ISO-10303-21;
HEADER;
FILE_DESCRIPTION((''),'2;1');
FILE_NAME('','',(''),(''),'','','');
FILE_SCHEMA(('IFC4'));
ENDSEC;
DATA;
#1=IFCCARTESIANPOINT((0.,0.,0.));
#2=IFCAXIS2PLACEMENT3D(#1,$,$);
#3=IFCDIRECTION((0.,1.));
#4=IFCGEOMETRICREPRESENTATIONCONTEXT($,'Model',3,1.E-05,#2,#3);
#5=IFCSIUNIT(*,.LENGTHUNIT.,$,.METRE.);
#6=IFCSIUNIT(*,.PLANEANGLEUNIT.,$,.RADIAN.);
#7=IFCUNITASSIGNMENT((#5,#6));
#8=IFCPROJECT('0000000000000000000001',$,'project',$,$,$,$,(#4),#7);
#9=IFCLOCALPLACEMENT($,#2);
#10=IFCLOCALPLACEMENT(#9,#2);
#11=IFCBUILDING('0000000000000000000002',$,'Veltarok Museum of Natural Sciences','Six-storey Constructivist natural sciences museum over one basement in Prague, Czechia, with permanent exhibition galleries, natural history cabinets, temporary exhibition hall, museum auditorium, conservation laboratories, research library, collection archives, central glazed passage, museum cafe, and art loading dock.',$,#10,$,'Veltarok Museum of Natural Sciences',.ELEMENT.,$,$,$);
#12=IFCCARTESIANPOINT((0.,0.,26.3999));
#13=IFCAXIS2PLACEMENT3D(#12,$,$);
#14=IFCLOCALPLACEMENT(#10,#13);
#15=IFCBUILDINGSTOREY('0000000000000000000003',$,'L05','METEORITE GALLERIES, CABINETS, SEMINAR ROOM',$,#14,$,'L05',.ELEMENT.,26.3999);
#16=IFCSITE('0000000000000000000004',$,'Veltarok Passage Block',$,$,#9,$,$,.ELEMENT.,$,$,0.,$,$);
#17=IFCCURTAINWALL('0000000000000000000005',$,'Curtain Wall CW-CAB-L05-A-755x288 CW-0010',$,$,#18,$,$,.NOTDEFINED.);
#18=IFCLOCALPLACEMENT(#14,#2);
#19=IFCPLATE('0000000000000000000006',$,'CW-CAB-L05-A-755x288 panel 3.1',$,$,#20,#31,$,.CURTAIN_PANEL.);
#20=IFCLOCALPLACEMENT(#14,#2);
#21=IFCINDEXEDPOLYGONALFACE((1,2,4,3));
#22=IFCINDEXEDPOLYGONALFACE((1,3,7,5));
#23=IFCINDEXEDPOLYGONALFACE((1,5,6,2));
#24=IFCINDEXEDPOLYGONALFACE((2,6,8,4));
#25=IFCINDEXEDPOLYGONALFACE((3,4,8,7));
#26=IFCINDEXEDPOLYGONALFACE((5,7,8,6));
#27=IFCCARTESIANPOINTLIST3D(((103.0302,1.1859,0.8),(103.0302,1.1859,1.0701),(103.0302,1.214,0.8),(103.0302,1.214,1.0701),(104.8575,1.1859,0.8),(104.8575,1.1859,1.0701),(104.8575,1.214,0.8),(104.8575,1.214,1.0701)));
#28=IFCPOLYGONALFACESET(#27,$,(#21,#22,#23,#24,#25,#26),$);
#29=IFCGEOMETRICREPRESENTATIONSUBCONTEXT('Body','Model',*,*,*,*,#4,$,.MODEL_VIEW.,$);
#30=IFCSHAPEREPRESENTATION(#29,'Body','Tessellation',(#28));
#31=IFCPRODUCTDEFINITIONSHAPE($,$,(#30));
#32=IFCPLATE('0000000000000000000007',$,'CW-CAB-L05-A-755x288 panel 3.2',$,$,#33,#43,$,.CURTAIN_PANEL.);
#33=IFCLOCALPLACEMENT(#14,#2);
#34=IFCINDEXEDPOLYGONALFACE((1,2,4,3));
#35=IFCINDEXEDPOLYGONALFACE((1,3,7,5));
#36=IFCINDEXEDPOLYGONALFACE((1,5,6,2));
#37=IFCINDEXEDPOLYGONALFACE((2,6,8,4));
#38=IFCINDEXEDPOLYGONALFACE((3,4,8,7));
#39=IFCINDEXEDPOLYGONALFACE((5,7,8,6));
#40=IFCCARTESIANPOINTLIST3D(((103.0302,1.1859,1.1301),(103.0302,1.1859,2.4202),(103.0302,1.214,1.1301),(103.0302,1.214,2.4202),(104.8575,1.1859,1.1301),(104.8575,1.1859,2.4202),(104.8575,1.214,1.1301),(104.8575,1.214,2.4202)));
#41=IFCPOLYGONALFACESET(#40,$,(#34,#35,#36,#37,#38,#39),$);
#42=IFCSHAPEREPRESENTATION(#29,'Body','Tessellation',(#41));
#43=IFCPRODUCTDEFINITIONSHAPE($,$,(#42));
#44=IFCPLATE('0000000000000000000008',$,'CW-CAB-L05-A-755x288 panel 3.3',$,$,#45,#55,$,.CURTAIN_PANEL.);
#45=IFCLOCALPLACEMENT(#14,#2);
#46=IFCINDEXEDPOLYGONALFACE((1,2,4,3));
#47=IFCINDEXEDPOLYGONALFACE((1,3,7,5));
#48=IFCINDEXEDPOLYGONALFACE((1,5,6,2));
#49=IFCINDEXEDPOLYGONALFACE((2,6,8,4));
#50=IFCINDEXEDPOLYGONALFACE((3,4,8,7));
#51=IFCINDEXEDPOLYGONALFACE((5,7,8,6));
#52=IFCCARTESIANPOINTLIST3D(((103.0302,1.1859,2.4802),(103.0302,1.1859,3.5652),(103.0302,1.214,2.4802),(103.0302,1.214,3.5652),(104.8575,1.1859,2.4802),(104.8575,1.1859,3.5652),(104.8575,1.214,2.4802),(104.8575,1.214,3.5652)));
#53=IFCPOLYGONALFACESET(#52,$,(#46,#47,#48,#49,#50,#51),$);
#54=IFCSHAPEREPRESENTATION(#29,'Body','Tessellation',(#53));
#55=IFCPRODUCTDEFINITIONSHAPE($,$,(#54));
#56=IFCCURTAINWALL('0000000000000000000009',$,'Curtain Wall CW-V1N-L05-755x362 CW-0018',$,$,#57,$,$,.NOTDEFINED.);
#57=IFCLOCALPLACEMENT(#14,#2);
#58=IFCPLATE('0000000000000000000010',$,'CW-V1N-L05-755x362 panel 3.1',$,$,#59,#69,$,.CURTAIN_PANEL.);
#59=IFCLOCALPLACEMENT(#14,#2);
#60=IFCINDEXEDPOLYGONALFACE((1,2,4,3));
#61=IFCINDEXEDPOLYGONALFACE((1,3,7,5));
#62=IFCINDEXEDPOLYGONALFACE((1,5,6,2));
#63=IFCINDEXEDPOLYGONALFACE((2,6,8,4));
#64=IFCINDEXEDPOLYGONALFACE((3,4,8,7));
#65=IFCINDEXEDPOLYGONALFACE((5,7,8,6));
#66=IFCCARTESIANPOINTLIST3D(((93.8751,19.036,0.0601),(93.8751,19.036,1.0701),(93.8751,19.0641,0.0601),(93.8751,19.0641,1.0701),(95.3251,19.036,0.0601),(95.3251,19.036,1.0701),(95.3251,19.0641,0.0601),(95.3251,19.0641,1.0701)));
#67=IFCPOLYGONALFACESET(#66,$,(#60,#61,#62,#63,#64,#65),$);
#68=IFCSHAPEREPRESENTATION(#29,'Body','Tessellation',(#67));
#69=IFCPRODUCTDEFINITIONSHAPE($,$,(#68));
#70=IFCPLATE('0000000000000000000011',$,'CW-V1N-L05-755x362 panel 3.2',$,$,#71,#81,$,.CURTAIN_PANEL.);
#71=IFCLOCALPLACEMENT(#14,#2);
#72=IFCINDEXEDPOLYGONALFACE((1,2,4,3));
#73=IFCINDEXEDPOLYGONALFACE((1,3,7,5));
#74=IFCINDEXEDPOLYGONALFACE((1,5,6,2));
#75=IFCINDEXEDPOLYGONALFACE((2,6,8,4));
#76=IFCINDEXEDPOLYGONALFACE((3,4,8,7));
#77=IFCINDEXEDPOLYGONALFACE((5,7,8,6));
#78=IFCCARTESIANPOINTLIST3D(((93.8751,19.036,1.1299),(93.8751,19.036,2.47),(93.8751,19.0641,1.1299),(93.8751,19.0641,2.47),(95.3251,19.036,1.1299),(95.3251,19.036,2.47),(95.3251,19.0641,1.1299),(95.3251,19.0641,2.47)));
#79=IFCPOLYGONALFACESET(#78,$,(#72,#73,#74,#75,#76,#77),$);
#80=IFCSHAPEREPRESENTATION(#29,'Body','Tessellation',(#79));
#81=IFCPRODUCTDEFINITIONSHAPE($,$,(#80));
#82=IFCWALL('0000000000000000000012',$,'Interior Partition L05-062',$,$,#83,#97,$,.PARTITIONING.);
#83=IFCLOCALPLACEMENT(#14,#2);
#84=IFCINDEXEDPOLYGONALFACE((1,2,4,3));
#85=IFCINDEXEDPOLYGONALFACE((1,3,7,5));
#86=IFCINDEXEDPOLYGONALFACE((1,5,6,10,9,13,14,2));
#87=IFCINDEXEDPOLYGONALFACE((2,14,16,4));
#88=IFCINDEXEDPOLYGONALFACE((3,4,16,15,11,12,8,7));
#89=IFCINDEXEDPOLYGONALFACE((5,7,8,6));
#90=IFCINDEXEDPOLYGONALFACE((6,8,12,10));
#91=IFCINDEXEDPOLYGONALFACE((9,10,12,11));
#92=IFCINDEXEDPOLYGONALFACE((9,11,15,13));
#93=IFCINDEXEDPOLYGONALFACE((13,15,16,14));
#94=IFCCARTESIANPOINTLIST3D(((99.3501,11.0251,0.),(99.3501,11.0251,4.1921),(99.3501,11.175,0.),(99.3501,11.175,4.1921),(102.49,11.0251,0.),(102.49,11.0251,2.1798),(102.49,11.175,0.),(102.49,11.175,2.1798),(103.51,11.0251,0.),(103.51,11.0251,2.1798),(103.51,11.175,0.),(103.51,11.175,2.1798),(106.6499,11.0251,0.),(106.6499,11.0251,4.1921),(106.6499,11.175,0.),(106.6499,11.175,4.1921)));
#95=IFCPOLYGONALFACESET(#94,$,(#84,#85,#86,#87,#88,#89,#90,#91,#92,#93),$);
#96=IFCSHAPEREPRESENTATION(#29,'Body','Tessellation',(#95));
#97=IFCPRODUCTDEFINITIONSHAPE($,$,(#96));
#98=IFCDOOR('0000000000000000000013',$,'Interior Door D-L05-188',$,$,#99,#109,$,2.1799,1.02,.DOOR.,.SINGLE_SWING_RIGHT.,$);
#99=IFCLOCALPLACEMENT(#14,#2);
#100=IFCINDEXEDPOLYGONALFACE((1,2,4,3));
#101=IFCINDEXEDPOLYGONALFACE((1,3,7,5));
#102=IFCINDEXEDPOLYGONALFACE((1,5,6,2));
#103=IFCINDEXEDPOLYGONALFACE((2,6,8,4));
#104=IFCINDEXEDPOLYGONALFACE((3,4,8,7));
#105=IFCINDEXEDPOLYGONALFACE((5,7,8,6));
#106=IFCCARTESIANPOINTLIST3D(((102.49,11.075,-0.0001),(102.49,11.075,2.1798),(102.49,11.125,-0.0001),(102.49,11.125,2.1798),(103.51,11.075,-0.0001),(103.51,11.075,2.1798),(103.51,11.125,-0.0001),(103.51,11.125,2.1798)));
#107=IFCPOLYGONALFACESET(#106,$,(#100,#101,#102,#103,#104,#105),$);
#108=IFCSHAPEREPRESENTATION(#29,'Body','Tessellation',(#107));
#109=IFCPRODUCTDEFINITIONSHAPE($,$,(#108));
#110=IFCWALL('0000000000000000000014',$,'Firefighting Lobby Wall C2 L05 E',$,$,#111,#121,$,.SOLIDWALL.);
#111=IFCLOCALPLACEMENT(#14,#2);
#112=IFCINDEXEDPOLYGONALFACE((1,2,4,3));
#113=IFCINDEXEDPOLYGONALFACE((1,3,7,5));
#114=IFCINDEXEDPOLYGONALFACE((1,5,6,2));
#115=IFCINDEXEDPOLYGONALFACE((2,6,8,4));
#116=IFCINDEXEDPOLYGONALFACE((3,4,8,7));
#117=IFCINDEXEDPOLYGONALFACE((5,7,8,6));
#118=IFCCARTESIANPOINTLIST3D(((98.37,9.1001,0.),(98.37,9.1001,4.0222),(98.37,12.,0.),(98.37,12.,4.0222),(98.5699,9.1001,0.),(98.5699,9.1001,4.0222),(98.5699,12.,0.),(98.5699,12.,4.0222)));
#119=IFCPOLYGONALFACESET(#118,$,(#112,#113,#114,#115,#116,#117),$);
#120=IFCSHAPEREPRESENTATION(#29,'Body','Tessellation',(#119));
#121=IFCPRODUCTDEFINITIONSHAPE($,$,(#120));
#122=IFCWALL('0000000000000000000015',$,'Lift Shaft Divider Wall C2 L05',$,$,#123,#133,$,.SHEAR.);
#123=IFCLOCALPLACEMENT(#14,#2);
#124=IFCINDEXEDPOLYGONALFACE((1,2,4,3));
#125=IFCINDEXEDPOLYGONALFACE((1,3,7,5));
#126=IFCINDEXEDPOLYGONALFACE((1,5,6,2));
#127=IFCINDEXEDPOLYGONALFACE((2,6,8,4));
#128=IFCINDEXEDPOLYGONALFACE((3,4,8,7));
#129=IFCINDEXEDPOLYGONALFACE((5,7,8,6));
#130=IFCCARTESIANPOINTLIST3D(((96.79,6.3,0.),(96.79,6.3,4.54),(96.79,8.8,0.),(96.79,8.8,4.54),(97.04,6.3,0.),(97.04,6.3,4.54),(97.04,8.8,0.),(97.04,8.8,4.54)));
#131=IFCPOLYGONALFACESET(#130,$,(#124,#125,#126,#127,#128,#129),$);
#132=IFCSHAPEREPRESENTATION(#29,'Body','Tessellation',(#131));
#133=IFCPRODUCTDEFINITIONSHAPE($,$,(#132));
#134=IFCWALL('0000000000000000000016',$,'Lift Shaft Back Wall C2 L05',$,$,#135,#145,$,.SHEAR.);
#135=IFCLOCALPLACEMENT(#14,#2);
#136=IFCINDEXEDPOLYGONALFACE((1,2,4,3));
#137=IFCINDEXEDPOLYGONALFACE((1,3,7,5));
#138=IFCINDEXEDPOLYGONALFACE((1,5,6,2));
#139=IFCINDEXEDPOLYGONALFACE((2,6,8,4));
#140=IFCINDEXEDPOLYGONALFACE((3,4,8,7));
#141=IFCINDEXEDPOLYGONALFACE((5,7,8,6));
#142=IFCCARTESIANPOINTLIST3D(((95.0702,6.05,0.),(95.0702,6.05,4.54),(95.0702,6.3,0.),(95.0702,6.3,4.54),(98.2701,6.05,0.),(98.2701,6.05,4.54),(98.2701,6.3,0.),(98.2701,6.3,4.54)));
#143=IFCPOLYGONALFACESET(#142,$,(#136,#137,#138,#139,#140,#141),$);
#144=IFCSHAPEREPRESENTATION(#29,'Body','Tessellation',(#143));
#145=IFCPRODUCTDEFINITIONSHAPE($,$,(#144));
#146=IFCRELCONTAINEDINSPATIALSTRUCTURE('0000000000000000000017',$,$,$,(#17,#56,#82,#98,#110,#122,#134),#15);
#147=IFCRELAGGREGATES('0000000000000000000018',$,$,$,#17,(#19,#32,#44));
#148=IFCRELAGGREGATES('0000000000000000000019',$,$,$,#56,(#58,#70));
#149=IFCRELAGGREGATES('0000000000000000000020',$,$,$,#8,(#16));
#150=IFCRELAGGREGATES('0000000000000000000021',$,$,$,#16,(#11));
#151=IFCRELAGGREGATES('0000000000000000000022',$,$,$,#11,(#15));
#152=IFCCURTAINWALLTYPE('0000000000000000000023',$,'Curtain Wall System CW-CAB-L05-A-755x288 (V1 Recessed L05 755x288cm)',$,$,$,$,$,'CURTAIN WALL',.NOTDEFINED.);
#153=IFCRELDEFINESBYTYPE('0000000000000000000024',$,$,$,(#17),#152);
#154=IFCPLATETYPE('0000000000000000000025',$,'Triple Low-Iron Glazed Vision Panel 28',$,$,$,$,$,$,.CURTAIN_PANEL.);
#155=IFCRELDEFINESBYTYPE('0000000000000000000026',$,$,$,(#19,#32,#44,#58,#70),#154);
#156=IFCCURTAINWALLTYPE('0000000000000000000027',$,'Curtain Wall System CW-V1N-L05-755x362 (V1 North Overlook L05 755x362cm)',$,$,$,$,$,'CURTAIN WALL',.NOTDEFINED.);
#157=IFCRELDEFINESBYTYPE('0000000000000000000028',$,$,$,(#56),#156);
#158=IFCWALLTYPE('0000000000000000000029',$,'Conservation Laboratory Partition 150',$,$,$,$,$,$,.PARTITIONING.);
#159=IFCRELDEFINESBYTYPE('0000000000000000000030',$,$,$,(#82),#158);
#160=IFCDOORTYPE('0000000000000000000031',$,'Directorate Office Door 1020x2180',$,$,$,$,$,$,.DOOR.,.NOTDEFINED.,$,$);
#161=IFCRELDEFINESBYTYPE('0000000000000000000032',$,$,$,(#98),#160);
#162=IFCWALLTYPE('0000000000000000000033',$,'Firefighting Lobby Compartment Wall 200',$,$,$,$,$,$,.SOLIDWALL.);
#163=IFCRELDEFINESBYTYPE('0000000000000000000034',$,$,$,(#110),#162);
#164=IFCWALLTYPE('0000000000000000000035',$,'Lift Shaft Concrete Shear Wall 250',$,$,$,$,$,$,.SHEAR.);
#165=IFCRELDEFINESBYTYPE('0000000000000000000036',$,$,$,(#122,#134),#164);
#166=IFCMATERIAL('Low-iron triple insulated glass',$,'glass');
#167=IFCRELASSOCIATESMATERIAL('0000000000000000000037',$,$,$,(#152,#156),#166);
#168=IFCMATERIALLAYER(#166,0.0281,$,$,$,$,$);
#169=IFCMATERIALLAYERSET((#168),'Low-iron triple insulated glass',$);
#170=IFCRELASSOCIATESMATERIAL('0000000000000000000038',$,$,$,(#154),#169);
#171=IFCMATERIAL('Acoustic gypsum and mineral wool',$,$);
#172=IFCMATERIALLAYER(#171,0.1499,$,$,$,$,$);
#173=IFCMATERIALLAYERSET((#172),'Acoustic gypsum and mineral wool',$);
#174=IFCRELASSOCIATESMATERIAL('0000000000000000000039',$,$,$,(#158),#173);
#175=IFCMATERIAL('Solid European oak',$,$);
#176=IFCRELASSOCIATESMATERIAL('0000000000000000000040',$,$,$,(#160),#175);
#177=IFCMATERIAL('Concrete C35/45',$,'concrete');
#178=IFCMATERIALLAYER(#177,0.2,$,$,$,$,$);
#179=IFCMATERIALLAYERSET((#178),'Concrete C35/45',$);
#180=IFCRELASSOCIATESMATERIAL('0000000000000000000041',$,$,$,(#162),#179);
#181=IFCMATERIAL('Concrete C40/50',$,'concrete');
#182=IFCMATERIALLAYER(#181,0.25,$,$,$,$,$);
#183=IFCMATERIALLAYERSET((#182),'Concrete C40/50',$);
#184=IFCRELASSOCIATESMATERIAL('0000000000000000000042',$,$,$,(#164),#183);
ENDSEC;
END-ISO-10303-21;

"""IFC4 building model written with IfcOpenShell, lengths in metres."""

from ifc_helpers import new_model, si_unit, direction, frame, frame_2d, origin, origin_2d, place, context, subcontext, project, spatial, rectangle, extrude, material, layer, layer_set, type_object, element, fill, aggregate, save


model = new_model("IFC4")

# Units and contexts
model_context = context("Model", 3, precision=1e-05, world=origin(), true_north=direction((0.0, 1.0)))
body_context = subcontext(model_context, "Body", "Model", "MODEL_VIEW")
ifc_project = project(units=[si_unit("LENGTHUNIT", "METRE"), si_unit("PLANEANGLEUNIT", "RADIAN")], contexts=[model_context])

# Site, building, storey
site_placement = place(None, origin())
site = spatial("IfcSite", under=ifc_project, at=site_placement, Name="Veltarok Passage Block", CompositionType="ELEMENT", RefElevation=0.0)
building_placement = place(site_placement, origin())
building = spatial("IfcBuilding", under=site, at=building_placement, Name="Veltarok Museum of Natural Sciences", Description="Six-storey Constructivist natural sciences museum over one basement in Prague, Czechia, with permanent exhibition galleries, natural history cabinets, temporary exhibition hall, museum auditorium, conservation laboratories, research library, collection archives, central glazed passage, museum cafe, and art loading dock.", LongName="Veltarok Museum of Natural Sciences", CompositionType="ELEMENT")
storey_placement = place(building_placement, frame((0.0, 0.0, 26.3999)))
storey = spatial("IfcBuildingStorey", under=building, at=storey_placement, Name="L05", Description="METEORITE GALLERIES, CABINETS, SEMINAR ROOM", LongName="L05", CompositionType="ELEMENT", Elevation=26.3999)

# Curtain wall
ifc_material_1 = material(Name="Low-iron triple insulated glass", Category="glass")
curtain_wall_type_1 = type_object("IfcCurtainWallType", Name="Curtain Wall System CW-CAB-L05-A-755x288 (V1 Recessed L05 755x288cm)", ElementType="CURTAIN WALL", PredefinedType="NOTDEFINED", material=ifc_material_1)
curtain_wall_1_placement = place(storey_placement, origin())
curtain_wall_1 = element("IfcCurtainWall", 1, at=curtain_wall_1_placement, inside=storey, type_object=curtain_wall_type_1, Name="Curtain Wall CW-CAB-L05-A-755x288 CW-0010", PredefinedType="NOTDEFINED")

# Plates
ifc_layer_1 = layer(ifc_material_1, 0.0281)
ifc_layer_set_1 = layer_set([ifc_layer_1], Name="Low-iron triple insulated glass")
plate_type = type_object("IfcPlateType", Name="Triple Low-Iron Glazed Vision Panel 28", PredefinedType="CURTAIN_PANEL", material=ifc_layer_set_1)
plate_1_placement = place(storey_placement, frame((103.9438, 1.2, 0.8), z_axis=(0.0, 0.0, 1.0), x_axis=(1.0, 0.0, 0.0)))
plate_1 = element("IfcPlate", 2, at=plate_1_placement, type_object=plate_type, Name="CW-CAB-L05-A-755x288 panel 3.1", PredefinedType="CURTAIN_PANEL", context=body_context, shape_type="SweptSolid", body=[
    extrude(rectangle(XDim=1.8274, YDim=0.0281, at=origin_2d()), origin(), (0.0, 0.0, 1.0), 0.27),
])
plate_2_placement = place(storey_placement, frame((103.9438, 1.2, 1.1301), z_axis=(0.0, 0.0, 1.0), x_axis=(1.0, 0.0, 0.0)))
plate_2 = element("IfcPlate", 3, at=plate_2_placement, type_object=plate_type, Name="CW-CAB-L05-A-755x288 panel 3.2", PredefinedType="CURTAIN_PANEL", context=body_context, shape_type="SweptSolid", body=[
    extrude(rectangle(XDim=1.8274, YDim=0.0281, at=origin_2d()), origin(), (0.0, 0.0, 1.0), 1.29),
])
plate_3_placement = place(storey_placement, frame((103.9438, 1.2, 2.4802), z_axis=(0.0, 0.0, 1.0), x_axis=(1.0, 0.0, 0.0)))
plate_3 = element("IfcPlate", 4, at=plate_3_placement, type_object=plate_type, Name="CW-CAB-L05-A-755x288 panel 3.3", PredefinedType="CURTAIN_PANEL", context=body_context, shape_type="SweptSolid", body=[
    extrude(rectangle(XDim=1.8274, YDim=0.0281, at=origin_2d()), origin(), (0.0, 0.0, 1.0), 1.085),
])
aggregate(curtain_wall_1, [plate_1, plate_2, plate_3])

# Curtain wall, plates
curtain_wall_type_2 = type_object("IfcCurtainWallType", Name="Curtain Wall System CW-V1N-L05-755x362 (V1 North Overlook L05 755x362cm)", ElementType="CURTAIN WALL", PredefinedType="NOTDEFINED", material=ifc_material_1)
curtain_wall_2_placement = place(storey_placement, origin())
curtain_wall_2 = element("IfcCurtainWall", 5, at=curtain_wall_2_placement, inside=storey, type_object=curtain_wall_type_2, Name="Curtain Wall CW-V1N-L05-755x362 CW-0018", PredefinedType="NOTDEFINED")
plate_4_placement = place(storey_placement, frame((94.6001, 19.05, 0.0601), z_axis=(0.0, 0.0, 1.0), x_axis=(-1.0, 0.0, 0.0)))
plate_4 = element("IfcPlate", 6, at=plate_4_placement, type_object=plate_type, Name="CW-V1N-L05-755x362 panel 3.1", PredefinedType="CURTAIN_PANEL", context=body_context, shape_type="SweptSolid", body=[
    extrude(rectangle(XDim=1.45, YDim=0.0281, at=origin_2d()), origin(), (0.0, 0.0, 1.0), 1.01),
])
plate_5_placement = place(storey_placement, frame((94.6001, 19.05, 1.1299), z_axis=(0.0, 0.0, 1.0), x_axis=(-1.0, 0.0, 0.0)))
plate_5 = element("IfcPlate", 7, at=plate_5_placement, type_object=plate_type, Name="CW-V1N-L05-755x362 panel 3.2", PredefinedType="CURTAIN_PANEL", context=body_context, shape_type="SweptSolid", body=[
    extrude(rectangle(XDim=1.45, YDim=0.0281, at=origin_2d()), origin(), (0.0, 0.0, 1.0), 1.3401),
])
aggregate(curtain_wall_2, [plate_4, plate_5])

# Wall, opening, door
ifc_material_2 = material(Name="Acoustic gypsum and mineral wool")
ifc_layer_2 = layer(ifc_material_2, 0.1499)
ifc_layer_set_2 = layer_set([ifc_layer_2], Name="Acoustic gypsum and mineral wool")
wall_type_1 = type_object("IfcWallType", Name="Conservation Laboratory Partition 150", PredefinedType="PARTITIONING", material=ifc_layer_set_2)
wall_1_placement = place(storey_placement, frame((99.3501, 11.1001, 0.0), z_axis=(0.0, 0.0, 1.0), x_axis=(1.0, 0.0, 0.0)))
wall_1 = element("IfcWall", 8, at=wall_1_placement, inside=storey, type_object=wall_type_1, Name="Interior Partition L05-062", PredefinedType="PARTITIONING", context=body_context, shape_type="SweptSolid", body=[
    extrude(rectangle(XDim=7.2998, YDim=0.1499, at=frame_2d((3.6499, 0.0))), origin(), (0.0, 0.0, 1.0), 4.1921),
])
opening_1_placement = place(wall_1_placement, frame((3.1399, 0.0, 0.0)))
opening_1 = element("IfcOpeningElement", 9, at=opening_1_placement, cuts=wall_1, PredefinedType="OPENING", context=body_context, shape_type="SweptSolid", body=[
    extrude(rectangle(XDim=1.02, YDim=2.1799, at=frame_2d((0.51, 1.0898))), frame((0.0, 0.085, 0.0), z_axis=(0.0, -1.0, 0.0), x_axis=(1.0, 0.0, 0.0)), (0.0, 0.0, 1.0), 0.1699),
])
ifc_material_3 = material(Name="Solid European oak")
door_type_1 = type_object("IfcDoorType", Name="Directorate Office Door 1020x2180", OperationType="NOTDEFINED", PredefinedType="DOOR", material=ifc_material_3)
door_1_placement = place(opening_1_placement, origin())
door_1 = element("IfcDoor", 10, at=door_1_placement, inside=storey, type_object=door_type_1, Name="Interior Door D-L05-188", OperationType="SINGLE_SWING_RIGHT", OverallHeight=2.1799, OverallWidth=1.02, PredefinedType="DOOR", context=body_context, shape_type="SweptSolid", body=[
    extrude(rectangle(XDim=1.02, YDim=2.1799, at=frame_2d((0.51, 1.0898))), frame((0.0, 0.0249, 0.0), z_axis=(0.0, -1.0, 0.0), x_axis=(1.0, 0.0, 0.0)), (0.0, 0.0, 1.0), 0.05),
])
fill(opening_1, door_1)

# Walls
ifc_material_4 = material(Name="Concrete C35/45", Category="concrete")
ifc_layer_3 = layer(ifc_material_4, 0.2)
ifc_layer_set_3 = layer_set([ifc_layer_3], Name="Concrete C35/45")
wall_type_2 = type_object("IfcWallType", Name="Firefighting Lobby Compartment Wall 200", PredefinedType="SOLIDWALL", material=ifc_layer_set_3)
wall_2_placement = place(storey_placement, frame((98.47, 12.0, 0.0), z_axis=(0.0, 0.0, 1.0), x_axis=(0.0, -1.0, 0.0)))
element("IfcWall", 11, at=wall_2_placement, inside=storey, type_object=wall_type_2, Name="Firefighting Lobby Wall C2 L05 E", PredefinedType="SOLIDWALL", context=body_context, shape_type="SweptSolid", body=[
    extrude(rectangle(XDim=2.8999, YDim=0.2, at=frame_2d((1.45, 0.0))), origin(), (0.0, 0.0, 1.0), 4.0222),
])
ifc_material_5 = material(Name="Concrete C40/50", Category="concrete")
ifc_layer_4 = layer(ifc_material_5, 0.25)
ifc_layer_set_4 = layer_set([ifc_layer_4], Name="Concrete C40/50")
wall_type_3 = type_object("IfcWallType", Name="Lift Shaft Concrete Shear Wall 250", PredefinedType="SHEAR", material=ifc_layer_set_4)
wall_3_placement = place(storey_placement, frame((96.915, 6.3, 0.0), z_axis=(0.0, 0.0, 1.0), x_axis=(0.0, 1.0, 0.0)))
element("IfcWall", 12, at=wall_3_placement, inside=storey, type_object=wall_type_3, Name="Lift Shaft Divider Wall C2 L05", PredefinedType="SHEAR", context=body_context, shape_type="SweptSolid", body=[
    extrude(rectangle(XDim=2.5, YDim=0.25, at=frame_2d((1.25, 0.0))), origin(), (0.0, 0.0, 1.0), 4.54),
])
wall_4_placement = place(storey_placement, frame((95.0701, 6.175, 0.0), z_axis=(0.0, 0.0, 1.0), x_axis=(1.0, 0.0, 0.0)))
element("IfcWall", 13, at=wall_4_placement, inside=storey, type_object=wall_type_3, Name="Lift Shaft Back Wall C2 L05", PredefinedType="SHEAR", context=body_context, shape_type="SweptSolid", body=[
    extrude(rectangle(XDim=3.2, YDim=0.25, at=frame_2d((1.6001, 0.0))), origin(), (0.0, 0.0, 1.0), 4.54),
])

save(model, "model.ifc")
